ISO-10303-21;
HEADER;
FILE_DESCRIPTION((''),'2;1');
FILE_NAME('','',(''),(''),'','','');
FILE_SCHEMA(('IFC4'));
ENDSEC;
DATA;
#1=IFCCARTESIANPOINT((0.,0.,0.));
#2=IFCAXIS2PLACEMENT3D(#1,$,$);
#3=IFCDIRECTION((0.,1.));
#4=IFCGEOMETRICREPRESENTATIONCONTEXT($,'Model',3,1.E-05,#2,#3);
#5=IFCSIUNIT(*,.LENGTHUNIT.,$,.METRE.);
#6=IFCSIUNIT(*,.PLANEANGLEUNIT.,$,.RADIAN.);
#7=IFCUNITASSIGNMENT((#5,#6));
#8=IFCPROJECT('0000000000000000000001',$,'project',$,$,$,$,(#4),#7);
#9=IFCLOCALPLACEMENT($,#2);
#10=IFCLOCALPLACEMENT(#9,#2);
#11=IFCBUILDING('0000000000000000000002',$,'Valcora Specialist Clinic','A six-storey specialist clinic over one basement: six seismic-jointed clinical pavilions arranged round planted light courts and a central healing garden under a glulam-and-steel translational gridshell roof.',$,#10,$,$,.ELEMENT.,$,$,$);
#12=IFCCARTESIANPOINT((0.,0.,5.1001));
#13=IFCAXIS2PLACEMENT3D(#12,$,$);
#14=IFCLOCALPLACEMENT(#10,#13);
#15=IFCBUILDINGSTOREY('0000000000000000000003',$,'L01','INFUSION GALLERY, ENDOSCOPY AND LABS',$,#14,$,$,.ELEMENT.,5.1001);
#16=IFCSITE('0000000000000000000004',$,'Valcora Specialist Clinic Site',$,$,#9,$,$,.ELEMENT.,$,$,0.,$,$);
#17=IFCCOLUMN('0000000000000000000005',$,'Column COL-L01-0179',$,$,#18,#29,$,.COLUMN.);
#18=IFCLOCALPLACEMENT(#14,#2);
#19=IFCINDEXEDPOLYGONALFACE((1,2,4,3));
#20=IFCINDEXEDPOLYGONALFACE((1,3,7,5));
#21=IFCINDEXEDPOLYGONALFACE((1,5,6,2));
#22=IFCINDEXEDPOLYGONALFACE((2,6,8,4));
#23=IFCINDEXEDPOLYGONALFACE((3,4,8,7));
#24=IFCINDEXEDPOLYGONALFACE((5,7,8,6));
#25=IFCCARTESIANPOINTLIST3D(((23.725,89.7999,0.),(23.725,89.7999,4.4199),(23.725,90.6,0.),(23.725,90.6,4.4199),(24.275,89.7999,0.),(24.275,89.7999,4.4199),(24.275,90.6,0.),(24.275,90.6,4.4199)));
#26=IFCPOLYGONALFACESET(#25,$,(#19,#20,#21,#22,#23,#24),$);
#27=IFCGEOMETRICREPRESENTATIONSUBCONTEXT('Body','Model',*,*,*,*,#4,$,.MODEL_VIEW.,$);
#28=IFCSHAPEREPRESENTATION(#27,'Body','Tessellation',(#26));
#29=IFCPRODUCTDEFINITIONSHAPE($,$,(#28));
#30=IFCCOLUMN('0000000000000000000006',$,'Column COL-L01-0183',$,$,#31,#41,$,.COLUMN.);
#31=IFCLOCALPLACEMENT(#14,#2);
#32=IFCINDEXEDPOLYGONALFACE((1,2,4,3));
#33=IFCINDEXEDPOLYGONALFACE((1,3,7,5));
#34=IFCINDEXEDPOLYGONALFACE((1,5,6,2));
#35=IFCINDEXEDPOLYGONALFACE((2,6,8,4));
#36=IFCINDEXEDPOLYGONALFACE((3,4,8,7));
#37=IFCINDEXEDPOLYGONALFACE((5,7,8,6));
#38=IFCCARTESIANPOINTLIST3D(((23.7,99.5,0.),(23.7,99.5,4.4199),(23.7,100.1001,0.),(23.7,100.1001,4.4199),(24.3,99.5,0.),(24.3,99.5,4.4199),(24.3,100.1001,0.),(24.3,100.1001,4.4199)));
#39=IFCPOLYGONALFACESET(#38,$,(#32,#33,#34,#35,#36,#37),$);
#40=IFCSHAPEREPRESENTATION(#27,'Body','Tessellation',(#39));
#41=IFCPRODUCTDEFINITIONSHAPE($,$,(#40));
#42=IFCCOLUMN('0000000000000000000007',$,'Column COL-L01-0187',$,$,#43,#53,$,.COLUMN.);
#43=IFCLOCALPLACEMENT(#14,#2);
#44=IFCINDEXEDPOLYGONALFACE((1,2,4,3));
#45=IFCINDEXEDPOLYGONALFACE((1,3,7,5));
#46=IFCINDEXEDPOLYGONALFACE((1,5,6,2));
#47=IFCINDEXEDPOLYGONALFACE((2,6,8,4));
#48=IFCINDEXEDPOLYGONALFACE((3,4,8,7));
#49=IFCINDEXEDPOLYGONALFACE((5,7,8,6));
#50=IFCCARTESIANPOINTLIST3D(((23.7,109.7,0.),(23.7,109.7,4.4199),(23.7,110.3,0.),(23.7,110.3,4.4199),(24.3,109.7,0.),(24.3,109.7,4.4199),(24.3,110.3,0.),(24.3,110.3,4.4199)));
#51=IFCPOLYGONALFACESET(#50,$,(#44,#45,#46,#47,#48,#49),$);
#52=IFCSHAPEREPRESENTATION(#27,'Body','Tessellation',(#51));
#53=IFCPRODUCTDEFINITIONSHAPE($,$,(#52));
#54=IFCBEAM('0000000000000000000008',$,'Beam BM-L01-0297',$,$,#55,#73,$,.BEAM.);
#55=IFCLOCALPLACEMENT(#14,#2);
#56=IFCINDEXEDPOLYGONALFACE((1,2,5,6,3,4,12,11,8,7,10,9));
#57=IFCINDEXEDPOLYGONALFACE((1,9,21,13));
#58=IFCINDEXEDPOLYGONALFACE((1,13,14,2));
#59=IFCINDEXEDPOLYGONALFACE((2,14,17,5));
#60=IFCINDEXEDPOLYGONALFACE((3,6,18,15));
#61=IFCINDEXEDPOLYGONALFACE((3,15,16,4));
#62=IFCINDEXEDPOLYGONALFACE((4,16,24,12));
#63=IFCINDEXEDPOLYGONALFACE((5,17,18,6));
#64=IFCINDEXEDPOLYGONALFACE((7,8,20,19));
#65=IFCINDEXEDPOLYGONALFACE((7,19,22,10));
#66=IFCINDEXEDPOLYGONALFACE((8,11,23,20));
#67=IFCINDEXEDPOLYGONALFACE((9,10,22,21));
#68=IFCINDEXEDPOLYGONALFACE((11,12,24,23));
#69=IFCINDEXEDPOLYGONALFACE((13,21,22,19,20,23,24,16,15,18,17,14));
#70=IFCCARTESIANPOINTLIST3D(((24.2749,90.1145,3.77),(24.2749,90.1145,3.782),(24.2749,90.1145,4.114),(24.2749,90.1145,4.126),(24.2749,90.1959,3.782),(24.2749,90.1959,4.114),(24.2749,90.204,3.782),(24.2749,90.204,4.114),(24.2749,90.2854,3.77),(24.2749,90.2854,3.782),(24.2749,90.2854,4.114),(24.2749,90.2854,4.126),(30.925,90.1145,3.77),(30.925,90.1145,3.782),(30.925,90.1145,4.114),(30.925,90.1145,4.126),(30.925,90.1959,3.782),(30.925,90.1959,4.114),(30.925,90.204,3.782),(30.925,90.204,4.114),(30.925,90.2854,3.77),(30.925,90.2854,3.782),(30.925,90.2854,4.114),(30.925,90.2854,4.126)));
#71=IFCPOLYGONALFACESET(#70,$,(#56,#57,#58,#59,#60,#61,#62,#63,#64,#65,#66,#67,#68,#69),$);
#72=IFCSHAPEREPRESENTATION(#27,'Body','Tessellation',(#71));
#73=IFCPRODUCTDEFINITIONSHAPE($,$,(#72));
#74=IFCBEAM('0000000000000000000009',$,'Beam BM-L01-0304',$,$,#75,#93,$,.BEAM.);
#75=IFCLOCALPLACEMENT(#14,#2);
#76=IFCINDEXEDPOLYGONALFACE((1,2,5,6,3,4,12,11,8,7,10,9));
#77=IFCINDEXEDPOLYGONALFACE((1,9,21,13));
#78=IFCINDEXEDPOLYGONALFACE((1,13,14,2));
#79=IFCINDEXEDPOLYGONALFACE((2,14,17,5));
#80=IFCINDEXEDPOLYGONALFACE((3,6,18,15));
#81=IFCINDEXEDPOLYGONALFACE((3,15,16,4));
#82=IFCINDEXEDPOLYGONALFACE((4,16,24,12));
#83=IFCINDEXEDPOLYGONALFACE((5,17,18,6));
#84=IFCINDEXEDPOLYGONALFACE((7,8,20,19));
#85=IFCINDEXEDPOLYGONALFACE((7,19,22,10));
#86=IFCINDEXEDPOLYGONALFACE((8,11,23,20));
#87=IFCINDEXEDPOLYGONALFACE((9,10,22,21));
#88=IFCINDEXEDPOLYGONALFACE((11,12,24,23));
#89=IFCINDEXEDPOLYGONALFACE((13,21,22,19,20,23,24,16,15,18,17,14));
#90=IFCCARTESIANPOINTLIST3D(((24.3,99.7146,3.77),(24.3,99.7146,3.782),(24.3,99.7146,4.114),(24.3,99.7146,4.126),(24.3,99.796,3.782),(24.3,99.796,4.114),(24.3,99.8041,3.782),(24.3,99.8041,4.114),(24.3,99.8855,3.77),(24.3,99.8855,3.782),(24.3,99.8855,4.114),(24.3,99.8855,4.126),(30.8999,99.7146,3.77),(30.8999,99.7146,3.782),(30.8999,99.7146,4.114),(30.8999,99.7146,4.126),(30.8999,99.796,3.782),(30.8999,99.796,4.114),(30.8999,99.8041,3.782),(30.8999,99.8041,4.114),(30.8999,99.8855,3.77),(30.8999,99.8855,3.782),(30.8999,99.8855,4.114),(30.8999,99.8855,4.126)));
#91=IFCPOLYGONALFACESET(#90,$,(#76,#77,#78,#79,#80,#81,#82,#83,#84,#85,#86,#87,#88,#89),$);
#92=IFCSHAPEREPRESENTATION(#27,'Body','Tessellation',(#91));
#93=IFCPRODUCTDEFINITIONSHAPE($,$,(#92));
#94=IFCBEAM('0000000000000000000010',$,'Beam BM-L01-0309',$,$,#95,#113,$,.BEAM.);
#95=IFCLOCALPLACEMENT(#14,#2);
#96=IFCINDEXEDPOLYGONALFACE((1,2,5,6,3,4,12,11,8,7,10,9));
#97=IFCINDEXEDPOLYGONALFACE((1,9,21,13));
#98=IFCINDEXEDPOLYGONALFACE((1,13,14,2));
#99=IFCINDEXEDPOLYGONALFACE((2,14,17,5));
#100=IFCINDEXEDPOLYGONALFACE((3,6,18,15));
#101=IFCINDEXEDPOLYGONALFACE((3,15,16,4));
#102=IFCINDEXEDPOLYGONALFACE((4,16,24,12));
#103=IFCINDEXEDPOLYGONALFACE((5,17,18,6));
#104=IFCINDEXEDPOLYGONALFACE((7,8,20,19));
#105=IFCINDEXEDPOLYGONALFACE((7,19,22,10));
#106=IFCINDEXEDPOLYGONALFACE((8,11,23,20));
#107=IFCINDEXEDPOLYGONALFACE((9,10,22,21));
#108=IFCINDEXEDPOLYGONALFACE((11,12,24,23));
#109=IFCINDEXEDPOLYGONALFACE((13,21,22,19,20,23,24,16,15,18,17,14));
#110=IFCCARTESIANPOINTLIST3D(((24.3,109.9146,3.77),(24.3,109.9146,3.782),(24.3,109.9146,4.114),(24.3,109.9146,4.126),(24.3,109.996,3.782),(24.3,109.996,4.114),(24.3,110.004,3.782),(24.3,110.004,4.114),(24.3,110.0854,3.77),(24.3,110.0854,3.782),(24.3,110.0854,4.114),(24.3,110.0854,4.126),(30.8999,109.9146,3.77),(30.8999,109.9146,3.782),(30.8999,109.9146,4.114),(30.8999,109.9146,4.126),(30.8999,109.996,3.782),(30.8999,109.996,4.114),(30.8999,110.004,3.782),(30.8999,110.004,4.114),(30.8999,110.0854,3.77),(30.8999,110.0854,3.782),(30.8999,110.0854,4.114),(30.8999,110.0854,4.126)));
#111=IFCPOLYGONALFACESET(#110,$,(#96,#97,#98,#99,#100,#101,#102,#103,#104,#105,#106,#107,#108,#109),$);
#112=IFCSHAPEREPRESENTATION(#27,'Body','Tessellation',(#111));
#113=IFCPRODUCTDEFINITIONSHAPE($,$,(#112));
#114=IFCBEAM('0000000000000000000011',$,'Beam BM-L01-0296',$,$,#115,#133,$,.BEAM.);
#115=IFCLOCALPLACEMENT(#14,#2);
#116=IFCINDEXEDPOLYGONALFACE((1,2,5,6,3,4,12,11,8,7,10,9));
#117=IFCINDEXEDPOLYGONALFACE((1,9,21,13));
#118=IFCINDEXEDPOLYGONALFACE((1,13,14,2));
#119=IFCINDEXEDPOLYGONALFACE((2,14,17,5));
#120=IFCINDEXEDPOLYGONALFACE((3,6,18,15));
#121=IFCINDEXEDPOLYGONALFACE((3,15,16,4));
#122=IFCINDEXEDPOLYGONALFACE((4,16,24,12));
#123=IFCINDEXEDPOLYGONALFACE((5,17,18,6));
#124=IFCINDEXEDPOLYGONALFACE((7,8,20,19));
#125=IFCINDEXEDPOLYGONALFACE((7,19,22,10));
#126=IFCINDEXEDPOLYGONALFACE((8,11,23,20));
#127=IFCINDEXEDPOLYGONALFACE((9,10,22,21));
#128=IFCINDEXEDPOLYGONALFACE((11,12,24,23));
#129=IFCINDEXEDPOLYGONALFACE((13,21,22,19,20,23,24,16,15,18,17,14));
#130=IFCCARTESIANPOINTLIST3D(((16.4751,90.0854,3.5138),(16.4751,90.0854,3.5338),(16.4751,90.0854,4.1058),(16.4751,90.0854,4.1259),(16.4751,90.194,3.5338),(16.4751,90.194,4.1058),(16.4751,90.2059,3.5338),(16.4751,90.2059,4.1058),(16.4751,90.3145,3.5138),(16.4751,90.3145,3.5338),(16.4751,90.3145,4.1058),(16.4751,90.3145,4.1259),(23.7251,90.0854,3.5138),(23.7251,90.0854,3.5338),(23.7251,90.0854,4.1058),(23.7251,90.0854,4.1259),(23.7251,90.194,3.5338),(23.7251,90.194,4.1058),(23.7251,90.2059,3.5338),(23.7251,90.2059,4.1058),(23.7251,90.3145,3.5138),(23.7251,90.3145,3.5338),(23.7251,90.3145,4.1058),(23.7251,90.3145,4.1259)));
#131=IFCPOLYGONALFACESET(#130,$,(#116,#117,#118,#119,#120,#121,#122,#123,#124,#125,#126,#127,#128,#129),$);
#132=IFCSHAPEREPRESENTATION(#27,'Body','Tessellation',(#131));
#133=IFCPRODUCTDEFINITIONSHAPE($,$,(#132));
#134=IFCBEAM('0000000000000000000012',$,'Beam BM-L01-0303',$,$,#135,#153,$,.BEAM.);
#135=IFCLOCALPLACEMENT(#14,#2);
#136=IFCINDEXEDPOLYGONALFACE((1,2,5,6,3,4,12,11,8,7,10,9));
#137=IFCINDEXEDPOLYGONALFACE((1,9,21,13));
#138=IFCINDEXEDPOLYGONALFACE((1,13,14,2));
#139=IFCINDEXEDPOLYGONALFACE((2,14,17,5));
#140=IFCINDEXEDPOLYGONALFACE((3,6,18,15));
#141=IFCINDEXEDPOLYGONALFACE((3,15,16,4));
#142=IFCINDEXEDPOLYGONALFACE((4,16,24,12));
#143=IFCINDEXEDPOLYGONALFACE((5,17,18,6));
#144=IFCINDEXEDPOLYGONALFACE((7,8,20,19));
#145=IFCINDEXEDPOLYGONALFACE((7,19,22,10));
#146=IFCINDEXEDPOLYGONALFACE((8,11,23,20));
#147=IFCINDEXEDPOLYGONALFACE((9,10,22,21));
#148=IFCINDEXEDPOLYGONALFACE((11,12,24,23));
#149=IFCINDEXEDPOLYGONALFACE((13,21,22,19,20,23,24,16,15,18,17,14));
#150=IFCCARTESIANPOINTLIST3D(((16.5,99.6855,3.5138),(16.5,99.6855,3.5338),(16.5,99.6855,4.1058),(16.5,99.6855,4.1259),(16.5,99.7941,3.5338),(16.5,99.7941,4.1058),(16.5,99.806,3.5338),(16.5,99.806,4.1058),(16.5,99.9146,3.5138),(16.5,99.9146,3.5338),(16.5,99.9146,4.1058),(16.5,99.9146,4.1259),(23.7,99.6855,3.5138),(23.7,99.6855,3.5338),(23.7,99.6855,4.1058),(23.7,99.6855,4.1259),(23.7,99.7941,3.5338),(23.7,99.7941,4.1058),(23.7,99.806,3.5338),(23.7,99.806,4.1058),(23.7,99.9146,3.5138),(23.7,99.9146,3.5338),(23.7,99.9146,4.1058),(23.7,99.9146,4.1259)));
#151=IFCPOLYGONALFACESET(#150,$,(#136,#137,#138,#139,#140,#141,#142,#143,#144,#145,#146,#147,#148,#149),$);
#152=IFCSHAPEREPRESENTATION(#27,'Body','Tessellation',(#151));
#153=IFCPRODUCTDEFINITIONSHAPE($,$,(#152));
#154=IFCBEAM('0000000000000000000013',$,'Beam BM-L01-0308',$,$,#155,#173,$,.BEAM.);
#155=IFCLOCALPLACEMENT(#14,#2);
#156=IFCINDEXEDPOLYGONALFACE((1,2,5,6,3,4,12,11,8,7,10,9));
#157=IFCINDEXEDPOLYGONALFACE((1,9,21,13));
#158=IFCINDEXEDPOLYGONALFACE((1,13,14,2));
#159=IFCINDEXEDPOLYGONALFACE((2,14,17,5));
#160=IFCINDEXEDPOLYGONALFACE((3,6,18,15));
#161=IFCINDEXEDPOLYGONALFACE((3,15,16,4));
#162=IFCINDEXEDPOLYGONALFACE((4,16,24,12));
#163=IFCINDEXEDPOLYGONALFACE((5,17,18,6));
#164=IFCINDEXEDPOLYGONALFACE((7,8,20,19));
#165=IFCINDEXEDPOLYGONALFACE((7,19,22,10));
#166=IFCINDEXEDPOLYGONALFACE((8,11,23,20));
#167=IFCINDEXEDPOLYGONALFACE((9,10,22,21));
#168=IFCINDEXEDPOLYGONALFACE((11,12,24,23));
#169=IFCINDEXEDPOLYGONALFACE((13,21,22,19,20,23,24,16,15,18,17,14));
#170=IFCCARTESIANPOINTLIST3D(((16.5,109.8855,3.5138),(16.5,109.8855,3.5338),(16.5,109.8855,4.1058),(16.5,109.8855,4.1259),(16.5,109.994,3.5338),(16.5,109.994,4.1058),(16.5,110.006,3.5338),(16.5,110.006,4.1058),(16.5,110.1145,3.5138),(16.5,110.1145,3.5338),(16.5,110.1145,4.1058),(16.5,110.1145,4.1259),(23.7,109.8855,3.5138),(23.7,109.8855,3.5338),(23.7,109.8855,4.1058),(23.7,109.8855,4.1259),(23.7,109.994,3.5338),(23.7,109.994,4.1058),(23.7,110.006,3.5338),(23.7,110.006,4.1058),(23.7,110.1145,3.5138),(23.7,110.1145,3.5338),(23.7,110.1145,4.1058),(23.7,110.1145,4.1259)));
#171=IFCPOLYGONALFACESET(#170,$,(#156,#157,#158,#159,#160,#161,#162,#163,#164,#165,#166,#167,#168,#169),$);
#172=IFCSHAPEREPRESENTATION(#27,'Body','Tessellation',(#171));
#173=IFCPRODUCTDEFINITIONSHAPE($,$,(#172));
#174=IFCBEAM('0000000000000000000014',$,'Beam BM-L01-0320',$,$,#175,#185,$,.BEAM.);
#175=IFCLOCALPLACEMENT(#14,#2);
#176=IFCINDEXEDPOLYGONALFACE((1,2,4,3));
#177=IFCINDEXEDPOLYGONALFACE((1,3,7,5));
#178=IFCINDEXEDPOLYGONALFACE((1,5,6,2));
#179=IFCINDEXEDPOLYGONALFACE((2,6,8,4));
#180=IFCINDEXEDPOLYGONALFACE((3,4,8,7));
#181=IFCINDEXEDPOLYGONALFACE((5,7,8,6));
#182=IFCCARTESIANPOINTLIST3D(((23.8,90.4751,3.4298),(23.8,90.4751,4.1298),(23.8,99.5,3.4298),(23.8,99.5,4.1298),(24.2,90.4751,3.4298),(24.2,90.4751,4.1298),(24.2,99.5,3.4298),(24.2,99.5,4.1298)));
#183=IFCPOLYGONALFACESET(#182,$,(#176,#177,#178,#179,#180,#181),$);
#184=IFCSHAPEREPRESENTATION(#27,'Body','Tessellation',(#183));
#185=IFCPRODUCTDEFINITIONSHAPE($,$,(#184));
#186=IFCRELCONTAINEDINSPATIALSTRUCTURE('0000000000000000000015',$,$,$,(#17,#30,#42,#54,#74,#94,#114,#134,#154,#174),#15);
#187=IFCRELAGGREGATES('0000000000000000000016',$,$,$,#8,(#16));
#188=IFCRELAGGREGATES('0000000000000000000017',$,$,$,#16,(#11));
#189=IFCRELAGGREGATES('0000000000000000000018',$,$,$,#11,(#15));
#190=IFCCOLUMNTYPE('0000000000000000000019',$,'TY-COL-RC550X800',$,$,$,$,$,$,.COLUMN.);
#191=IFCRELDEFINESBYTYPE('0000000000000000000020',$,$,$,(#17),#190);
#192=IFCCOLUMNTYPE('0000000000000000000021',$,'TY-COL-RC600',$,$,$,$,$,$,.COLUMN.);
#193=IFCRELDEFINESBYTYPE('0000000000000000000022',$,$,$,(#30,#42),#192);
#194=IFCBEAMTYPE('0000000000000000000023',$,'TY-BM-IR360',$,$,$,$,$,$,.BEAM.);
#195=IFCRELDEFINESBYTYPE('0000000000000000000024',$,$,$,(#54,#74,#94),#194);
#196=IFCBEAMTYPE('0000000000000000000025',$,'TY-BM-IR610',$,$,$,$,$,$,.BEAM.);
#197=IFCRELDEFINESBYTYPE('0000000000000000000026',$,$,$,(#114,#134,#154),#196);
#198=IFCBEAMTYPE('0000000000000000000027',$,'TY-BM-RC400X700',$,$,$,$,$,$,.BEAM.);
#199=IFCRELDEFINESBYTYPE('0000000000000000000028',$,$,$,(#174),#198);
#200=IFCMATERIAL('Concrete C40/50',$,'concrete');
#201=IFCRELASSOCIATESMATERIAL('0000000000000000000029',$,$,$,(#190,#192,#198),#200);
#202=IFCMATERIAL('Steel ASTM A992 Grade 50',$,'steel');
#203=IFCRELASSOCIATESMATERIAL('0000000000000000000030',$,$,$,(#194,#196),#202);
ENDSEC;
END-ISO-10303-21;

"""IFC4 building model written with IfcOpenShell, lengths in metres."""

from ifc_helpers import new_model, si_unit, direction, frame, origin, origin_2d, place, context, subcontext, project, spatial, rectangle, i_section, extrude, material, material_profile, profile_set, type_object, element, save


model = new_model("IFC4")

# Units and contexts
model_context = context("Model", 3, precision=1e-05, world=origin(), true_north=direction((0.0, 1.0)))
body_context = subcontext(model_context, "Body", "Model", "MODEL_VIEW")
ifc_project = project(units=[si_unit("LENGTHUNIT", "METRE"), si_unit("PLANEANGLEUNIT", "RADIAN")], contexts=[model_context])

# Site, building, storey
site_placement = place(None, origin())
site = spatial("IfcSite", under=ifc_project, at=site_placement, Name="Valcora Specialist Clinic Site", CompositionType="ELEMENT", RefElevation=0.0)
building_placement = place(site_placement, origin())
building = spatial("IfcBuilding", under=site, at=building_placement, Name="Valcora Specialist Clinic", Description="A six-storey specialist clinic over one basement: six seismic-jointed clinical pavilions arranged round planted light courts and a central healing garden under a glulam-and-steel translational gridshell roof.", CompositionType="ELEMENT")
storey_placement = place(building_placement, frame((0.0, 0.0, 5.1001)))
storey = spatial("IfcBuildingStorey", under=building, at=storey_placement, Name="L01", Description="INFUSION GALLERY, ENDOSCOPY AND LABS", CompositionType="ELEMENT", Elevation=5.1001)

# Columns
ifc_material_1 = material(Name="Concrete C40/50", Category="concrete")
ifc_material_profile_1 = material_profile(ifc_material_1, rectangle(XDim=0.55, YDim=0.8, at=origin_2d()), Name="RC-COL-550X800")
ifc_profile_set_1 = profile_set([ifc_material_profile_1], Name="Concrete C40/50")
column_type_1 = type_object("IfcColumnType", Name="TY-COL-RC550X800", PredefinedType="COLUMN", material=ifc_profile_set_1)
column_placement = place(storey_placement, frame((24.0, 90.2, 0.0), z_axis=(0.0, 0.0, 1.0), x_axis=(1.0, 0.0, 0.0)))
element("IfcColumn", 1, at=column_placement, inside=storey, type_object=column_type_1, Name="Column COL-L01-0179", PredefinedType="COLUMN", context=body_context, shape_type="SweptSolid", body=[
    extrude(rectangle(XDim=0.55, YDim=0.8, at=origin_2d()), origin(), (0.0, 0.0, 1.0), 4.4199),
])
ifc_material_profile_2 = material_profile(ifc_material_1, rectangle(XDim=0.6001, YDim=0.6001, at=origin_2d()), Name="RC-COL-600X600")
ifc_profile_set_2 = profile_set([ifc_material_profile_2], Name="Concrete C40/50")
column_type_2 = type_object("IfcColumnType", Name="TY-COL-RC600", PredefinedType="COLUMN", material=ifc_profile_set_2)
for number, where, z_axis, x_axis, name in (
    (2, (24.0, 99.8, 0.0), (0.0, 0.0, 1.0), (1.0, 0.0, 0.0), "Column COL-L01-0183"),
    (3, (24.0, 110.0, 0.0), (0.0, 0.0, 1.0), (1.0, 0.0, 0.0), "Column COL-L01-0187"),
):
    element("IfcColumn", number, at=place(storey_placement, frame(where, z_axis=z_axis, x_axis=x_axis)), inside=storey, type_object=column_type_2, Name=name, PredefinedType="COLUMN", context=body_context, shape_type="SweptSolid", body=[
        extrude(rectangle(XDim=0.6001, YDim=0.6001, at=origin_2d()), origin(), (0.0, 0.0, 1.0), 4.4199),
    ])

# Beams
ifc_material_2 = material(Name="Steel ASTM A992 Grade 50", Category="steel")
ifc_material_profile_3 = material_profile(ifc_material_2, i_section(OverallWidth=0.1709, OverallDepth=0.356, WebThickness=0.0081, FlangeThickness=0.012, at=origin_2d()), Name="ST-IR-360X170")
ifc_profile_set_3 = profile_set([ifc_material_profile_3], Name="Steel ASTM A992 Grade 50")
beam_type_1 = type_object("IfcBeamType", Name="TY-BM-IR360", PredefinedType="BEAM", material=ifc_profile_set_3)
beam_1_placement = place(storey_placement, frame((24.2749, 90.2, 3.948), z_axis=(1.0, 0.0, 0.0), x_axis=(0.0, 1.0, 0.0)))
element("IfcBeam", 4, at=beam_1_placement, inside=storey, type_object=beam_type_1, Name="Beam BM-L01-0297", PredefinedType="BEAM", context=body_context, shape_type="SweptSolid", body=[
    extrude(i_section(OverallWidth=0.1709, OverallDepth=0.356, WebThickness=0.0081, FlangeThickness=0.012, at=origin_2d()), origin(), (0.0, 0.0, 1.0), 6.6501),
])
for number, where, z_axis, x_axis, name in (
    (5, (24.3, 99.8, 3.948), (1.0, 0.0, 0.0), (0.0, 1.0, 0.0), "Beam BM-L01-0304"),
    (6, (24.3, 110.0, 3.948), (1.0, 0.0, 0.0), (0.0, 1.0, 0.0), "Beam BM-L01-0309"),
):
    element("IfcBeam", number, at=place(storey_placement, frame(where, z_axis=z_axis, x_axis=x_axis)), inside=storey, type_object=beam_type_1, Name=name, PredefinedType="BEAM", context=body_context, shape_type="SweptSolid", body=[
        extrude(i_section(OverallWidth=0.1709, OverallDepth=0.356, WebThickness=0.0081, FlangeThickness=0.012, at=origin_2d()), origin(), (0.0, 0.0, 1.0), 6.5999),
    ])
ifc_material_profile_4 = material_profile(ifc_material_2, i_section(OverallWidth=0.229, OverallDepth=0.6121, WebThickness=0.012, FlangeThickness=0.02, at=origin_2d()), Name="ST-IR-610X229")
ifc_profile_set_4 = profile_set([ifc_material_profile_4], Name="Steel ASTM A992 Grade 50")
beam_type_2 = type_object("IfcBeamType", Name="TY-BM-IR610", PredefinedType="BEAM", material=ifc_profile_set_4)
beam_2_placement = place(storey_placement, frame((16.4751, 90.2, 3.8198), z_axis=(1.0, 0.0, 0.0), x_axis=(0.0, 1.0, 0.0)))
element("IfcBeam", 7, at=beam_2_placement, inside=storey, type_object=beam_type_2, Name="Beam BM-L01-0296", PredefinedType="BEAM", context=body_context, shape_type="SweptSolid", body=[
    extrude(i_section(OverallWidth=0.229, OverallDepth=0.6121, WebThickness=0.012, FlangeThickness=0.02, at=origin_2d()), origin(), (0.0, 0.0, 1.0), 7.25),
])
for number, where, z_axis, x_axis, name in (
    (8, (16.5, 99.8, 3.8198), (1.0, 0.0, 0.0), (0.0, 1.0, 0.0), "Beam BM-L01-0303"),
    (9, (16.5, 110.0, 3.8198), (1.0, 0.0, 0.0), (0.0, 1.0, 0.0), "Beam BM-L01-0308"),
):
    element("IfcBeam", number, at=place(storey_placement, frame(where, z_axis=z_axis, x_axis=x_axis)), inside=storey, type_object=beam_type_2, Name=name, PredefinedType="BEAM", context=body_context, shape_type="SweptSolid", body=[
        extrude(i_section(OverallWidth=0.229, OverallDepth=0.6121, WebThickness=0.012, FlangeThickness=0.02, at=origin_2d()), origin(), (0.0, 0.0, 1.0), 7.2),
    ])
ifc_material_profile_5 = material_profile(ifc_material_1, rectangle(XDim=0.3999, YDim=0.7, at=origin_2d()), Name="RC-BM-400X700")
ifc_profile_set_5 = profile_set([ifc_material_profile_5], Name="Concrete C40/50")
beam_type_3 = type_object("IfcBeamType", Name="TY-BM-RC400X700", PredefinedType="BEAM", material=ifc_profile_set_5)
beam_3_placement = place(storey_placement, frame((24.0, 90.4751, 3.7798), z_axis=(0.0, 1.0, 0.0), x_axis=(-1.0, 0.0, 0.0)))
element("IfcBeam", 10, at=beam_3_placement, inside=storey, type_object=beam_type_3, Name="Beam BM-L01-0320", PredefinedType="BEAM", context=body_context, shape_type="SweptSolid", body=[
    extrude(rectangle(XDim=0.3999, YDim=0.7, at=origin_2d()), origin(), (0.0, 0.0, 1.0), 9.0249),
])

save(model, "model.ifc")
